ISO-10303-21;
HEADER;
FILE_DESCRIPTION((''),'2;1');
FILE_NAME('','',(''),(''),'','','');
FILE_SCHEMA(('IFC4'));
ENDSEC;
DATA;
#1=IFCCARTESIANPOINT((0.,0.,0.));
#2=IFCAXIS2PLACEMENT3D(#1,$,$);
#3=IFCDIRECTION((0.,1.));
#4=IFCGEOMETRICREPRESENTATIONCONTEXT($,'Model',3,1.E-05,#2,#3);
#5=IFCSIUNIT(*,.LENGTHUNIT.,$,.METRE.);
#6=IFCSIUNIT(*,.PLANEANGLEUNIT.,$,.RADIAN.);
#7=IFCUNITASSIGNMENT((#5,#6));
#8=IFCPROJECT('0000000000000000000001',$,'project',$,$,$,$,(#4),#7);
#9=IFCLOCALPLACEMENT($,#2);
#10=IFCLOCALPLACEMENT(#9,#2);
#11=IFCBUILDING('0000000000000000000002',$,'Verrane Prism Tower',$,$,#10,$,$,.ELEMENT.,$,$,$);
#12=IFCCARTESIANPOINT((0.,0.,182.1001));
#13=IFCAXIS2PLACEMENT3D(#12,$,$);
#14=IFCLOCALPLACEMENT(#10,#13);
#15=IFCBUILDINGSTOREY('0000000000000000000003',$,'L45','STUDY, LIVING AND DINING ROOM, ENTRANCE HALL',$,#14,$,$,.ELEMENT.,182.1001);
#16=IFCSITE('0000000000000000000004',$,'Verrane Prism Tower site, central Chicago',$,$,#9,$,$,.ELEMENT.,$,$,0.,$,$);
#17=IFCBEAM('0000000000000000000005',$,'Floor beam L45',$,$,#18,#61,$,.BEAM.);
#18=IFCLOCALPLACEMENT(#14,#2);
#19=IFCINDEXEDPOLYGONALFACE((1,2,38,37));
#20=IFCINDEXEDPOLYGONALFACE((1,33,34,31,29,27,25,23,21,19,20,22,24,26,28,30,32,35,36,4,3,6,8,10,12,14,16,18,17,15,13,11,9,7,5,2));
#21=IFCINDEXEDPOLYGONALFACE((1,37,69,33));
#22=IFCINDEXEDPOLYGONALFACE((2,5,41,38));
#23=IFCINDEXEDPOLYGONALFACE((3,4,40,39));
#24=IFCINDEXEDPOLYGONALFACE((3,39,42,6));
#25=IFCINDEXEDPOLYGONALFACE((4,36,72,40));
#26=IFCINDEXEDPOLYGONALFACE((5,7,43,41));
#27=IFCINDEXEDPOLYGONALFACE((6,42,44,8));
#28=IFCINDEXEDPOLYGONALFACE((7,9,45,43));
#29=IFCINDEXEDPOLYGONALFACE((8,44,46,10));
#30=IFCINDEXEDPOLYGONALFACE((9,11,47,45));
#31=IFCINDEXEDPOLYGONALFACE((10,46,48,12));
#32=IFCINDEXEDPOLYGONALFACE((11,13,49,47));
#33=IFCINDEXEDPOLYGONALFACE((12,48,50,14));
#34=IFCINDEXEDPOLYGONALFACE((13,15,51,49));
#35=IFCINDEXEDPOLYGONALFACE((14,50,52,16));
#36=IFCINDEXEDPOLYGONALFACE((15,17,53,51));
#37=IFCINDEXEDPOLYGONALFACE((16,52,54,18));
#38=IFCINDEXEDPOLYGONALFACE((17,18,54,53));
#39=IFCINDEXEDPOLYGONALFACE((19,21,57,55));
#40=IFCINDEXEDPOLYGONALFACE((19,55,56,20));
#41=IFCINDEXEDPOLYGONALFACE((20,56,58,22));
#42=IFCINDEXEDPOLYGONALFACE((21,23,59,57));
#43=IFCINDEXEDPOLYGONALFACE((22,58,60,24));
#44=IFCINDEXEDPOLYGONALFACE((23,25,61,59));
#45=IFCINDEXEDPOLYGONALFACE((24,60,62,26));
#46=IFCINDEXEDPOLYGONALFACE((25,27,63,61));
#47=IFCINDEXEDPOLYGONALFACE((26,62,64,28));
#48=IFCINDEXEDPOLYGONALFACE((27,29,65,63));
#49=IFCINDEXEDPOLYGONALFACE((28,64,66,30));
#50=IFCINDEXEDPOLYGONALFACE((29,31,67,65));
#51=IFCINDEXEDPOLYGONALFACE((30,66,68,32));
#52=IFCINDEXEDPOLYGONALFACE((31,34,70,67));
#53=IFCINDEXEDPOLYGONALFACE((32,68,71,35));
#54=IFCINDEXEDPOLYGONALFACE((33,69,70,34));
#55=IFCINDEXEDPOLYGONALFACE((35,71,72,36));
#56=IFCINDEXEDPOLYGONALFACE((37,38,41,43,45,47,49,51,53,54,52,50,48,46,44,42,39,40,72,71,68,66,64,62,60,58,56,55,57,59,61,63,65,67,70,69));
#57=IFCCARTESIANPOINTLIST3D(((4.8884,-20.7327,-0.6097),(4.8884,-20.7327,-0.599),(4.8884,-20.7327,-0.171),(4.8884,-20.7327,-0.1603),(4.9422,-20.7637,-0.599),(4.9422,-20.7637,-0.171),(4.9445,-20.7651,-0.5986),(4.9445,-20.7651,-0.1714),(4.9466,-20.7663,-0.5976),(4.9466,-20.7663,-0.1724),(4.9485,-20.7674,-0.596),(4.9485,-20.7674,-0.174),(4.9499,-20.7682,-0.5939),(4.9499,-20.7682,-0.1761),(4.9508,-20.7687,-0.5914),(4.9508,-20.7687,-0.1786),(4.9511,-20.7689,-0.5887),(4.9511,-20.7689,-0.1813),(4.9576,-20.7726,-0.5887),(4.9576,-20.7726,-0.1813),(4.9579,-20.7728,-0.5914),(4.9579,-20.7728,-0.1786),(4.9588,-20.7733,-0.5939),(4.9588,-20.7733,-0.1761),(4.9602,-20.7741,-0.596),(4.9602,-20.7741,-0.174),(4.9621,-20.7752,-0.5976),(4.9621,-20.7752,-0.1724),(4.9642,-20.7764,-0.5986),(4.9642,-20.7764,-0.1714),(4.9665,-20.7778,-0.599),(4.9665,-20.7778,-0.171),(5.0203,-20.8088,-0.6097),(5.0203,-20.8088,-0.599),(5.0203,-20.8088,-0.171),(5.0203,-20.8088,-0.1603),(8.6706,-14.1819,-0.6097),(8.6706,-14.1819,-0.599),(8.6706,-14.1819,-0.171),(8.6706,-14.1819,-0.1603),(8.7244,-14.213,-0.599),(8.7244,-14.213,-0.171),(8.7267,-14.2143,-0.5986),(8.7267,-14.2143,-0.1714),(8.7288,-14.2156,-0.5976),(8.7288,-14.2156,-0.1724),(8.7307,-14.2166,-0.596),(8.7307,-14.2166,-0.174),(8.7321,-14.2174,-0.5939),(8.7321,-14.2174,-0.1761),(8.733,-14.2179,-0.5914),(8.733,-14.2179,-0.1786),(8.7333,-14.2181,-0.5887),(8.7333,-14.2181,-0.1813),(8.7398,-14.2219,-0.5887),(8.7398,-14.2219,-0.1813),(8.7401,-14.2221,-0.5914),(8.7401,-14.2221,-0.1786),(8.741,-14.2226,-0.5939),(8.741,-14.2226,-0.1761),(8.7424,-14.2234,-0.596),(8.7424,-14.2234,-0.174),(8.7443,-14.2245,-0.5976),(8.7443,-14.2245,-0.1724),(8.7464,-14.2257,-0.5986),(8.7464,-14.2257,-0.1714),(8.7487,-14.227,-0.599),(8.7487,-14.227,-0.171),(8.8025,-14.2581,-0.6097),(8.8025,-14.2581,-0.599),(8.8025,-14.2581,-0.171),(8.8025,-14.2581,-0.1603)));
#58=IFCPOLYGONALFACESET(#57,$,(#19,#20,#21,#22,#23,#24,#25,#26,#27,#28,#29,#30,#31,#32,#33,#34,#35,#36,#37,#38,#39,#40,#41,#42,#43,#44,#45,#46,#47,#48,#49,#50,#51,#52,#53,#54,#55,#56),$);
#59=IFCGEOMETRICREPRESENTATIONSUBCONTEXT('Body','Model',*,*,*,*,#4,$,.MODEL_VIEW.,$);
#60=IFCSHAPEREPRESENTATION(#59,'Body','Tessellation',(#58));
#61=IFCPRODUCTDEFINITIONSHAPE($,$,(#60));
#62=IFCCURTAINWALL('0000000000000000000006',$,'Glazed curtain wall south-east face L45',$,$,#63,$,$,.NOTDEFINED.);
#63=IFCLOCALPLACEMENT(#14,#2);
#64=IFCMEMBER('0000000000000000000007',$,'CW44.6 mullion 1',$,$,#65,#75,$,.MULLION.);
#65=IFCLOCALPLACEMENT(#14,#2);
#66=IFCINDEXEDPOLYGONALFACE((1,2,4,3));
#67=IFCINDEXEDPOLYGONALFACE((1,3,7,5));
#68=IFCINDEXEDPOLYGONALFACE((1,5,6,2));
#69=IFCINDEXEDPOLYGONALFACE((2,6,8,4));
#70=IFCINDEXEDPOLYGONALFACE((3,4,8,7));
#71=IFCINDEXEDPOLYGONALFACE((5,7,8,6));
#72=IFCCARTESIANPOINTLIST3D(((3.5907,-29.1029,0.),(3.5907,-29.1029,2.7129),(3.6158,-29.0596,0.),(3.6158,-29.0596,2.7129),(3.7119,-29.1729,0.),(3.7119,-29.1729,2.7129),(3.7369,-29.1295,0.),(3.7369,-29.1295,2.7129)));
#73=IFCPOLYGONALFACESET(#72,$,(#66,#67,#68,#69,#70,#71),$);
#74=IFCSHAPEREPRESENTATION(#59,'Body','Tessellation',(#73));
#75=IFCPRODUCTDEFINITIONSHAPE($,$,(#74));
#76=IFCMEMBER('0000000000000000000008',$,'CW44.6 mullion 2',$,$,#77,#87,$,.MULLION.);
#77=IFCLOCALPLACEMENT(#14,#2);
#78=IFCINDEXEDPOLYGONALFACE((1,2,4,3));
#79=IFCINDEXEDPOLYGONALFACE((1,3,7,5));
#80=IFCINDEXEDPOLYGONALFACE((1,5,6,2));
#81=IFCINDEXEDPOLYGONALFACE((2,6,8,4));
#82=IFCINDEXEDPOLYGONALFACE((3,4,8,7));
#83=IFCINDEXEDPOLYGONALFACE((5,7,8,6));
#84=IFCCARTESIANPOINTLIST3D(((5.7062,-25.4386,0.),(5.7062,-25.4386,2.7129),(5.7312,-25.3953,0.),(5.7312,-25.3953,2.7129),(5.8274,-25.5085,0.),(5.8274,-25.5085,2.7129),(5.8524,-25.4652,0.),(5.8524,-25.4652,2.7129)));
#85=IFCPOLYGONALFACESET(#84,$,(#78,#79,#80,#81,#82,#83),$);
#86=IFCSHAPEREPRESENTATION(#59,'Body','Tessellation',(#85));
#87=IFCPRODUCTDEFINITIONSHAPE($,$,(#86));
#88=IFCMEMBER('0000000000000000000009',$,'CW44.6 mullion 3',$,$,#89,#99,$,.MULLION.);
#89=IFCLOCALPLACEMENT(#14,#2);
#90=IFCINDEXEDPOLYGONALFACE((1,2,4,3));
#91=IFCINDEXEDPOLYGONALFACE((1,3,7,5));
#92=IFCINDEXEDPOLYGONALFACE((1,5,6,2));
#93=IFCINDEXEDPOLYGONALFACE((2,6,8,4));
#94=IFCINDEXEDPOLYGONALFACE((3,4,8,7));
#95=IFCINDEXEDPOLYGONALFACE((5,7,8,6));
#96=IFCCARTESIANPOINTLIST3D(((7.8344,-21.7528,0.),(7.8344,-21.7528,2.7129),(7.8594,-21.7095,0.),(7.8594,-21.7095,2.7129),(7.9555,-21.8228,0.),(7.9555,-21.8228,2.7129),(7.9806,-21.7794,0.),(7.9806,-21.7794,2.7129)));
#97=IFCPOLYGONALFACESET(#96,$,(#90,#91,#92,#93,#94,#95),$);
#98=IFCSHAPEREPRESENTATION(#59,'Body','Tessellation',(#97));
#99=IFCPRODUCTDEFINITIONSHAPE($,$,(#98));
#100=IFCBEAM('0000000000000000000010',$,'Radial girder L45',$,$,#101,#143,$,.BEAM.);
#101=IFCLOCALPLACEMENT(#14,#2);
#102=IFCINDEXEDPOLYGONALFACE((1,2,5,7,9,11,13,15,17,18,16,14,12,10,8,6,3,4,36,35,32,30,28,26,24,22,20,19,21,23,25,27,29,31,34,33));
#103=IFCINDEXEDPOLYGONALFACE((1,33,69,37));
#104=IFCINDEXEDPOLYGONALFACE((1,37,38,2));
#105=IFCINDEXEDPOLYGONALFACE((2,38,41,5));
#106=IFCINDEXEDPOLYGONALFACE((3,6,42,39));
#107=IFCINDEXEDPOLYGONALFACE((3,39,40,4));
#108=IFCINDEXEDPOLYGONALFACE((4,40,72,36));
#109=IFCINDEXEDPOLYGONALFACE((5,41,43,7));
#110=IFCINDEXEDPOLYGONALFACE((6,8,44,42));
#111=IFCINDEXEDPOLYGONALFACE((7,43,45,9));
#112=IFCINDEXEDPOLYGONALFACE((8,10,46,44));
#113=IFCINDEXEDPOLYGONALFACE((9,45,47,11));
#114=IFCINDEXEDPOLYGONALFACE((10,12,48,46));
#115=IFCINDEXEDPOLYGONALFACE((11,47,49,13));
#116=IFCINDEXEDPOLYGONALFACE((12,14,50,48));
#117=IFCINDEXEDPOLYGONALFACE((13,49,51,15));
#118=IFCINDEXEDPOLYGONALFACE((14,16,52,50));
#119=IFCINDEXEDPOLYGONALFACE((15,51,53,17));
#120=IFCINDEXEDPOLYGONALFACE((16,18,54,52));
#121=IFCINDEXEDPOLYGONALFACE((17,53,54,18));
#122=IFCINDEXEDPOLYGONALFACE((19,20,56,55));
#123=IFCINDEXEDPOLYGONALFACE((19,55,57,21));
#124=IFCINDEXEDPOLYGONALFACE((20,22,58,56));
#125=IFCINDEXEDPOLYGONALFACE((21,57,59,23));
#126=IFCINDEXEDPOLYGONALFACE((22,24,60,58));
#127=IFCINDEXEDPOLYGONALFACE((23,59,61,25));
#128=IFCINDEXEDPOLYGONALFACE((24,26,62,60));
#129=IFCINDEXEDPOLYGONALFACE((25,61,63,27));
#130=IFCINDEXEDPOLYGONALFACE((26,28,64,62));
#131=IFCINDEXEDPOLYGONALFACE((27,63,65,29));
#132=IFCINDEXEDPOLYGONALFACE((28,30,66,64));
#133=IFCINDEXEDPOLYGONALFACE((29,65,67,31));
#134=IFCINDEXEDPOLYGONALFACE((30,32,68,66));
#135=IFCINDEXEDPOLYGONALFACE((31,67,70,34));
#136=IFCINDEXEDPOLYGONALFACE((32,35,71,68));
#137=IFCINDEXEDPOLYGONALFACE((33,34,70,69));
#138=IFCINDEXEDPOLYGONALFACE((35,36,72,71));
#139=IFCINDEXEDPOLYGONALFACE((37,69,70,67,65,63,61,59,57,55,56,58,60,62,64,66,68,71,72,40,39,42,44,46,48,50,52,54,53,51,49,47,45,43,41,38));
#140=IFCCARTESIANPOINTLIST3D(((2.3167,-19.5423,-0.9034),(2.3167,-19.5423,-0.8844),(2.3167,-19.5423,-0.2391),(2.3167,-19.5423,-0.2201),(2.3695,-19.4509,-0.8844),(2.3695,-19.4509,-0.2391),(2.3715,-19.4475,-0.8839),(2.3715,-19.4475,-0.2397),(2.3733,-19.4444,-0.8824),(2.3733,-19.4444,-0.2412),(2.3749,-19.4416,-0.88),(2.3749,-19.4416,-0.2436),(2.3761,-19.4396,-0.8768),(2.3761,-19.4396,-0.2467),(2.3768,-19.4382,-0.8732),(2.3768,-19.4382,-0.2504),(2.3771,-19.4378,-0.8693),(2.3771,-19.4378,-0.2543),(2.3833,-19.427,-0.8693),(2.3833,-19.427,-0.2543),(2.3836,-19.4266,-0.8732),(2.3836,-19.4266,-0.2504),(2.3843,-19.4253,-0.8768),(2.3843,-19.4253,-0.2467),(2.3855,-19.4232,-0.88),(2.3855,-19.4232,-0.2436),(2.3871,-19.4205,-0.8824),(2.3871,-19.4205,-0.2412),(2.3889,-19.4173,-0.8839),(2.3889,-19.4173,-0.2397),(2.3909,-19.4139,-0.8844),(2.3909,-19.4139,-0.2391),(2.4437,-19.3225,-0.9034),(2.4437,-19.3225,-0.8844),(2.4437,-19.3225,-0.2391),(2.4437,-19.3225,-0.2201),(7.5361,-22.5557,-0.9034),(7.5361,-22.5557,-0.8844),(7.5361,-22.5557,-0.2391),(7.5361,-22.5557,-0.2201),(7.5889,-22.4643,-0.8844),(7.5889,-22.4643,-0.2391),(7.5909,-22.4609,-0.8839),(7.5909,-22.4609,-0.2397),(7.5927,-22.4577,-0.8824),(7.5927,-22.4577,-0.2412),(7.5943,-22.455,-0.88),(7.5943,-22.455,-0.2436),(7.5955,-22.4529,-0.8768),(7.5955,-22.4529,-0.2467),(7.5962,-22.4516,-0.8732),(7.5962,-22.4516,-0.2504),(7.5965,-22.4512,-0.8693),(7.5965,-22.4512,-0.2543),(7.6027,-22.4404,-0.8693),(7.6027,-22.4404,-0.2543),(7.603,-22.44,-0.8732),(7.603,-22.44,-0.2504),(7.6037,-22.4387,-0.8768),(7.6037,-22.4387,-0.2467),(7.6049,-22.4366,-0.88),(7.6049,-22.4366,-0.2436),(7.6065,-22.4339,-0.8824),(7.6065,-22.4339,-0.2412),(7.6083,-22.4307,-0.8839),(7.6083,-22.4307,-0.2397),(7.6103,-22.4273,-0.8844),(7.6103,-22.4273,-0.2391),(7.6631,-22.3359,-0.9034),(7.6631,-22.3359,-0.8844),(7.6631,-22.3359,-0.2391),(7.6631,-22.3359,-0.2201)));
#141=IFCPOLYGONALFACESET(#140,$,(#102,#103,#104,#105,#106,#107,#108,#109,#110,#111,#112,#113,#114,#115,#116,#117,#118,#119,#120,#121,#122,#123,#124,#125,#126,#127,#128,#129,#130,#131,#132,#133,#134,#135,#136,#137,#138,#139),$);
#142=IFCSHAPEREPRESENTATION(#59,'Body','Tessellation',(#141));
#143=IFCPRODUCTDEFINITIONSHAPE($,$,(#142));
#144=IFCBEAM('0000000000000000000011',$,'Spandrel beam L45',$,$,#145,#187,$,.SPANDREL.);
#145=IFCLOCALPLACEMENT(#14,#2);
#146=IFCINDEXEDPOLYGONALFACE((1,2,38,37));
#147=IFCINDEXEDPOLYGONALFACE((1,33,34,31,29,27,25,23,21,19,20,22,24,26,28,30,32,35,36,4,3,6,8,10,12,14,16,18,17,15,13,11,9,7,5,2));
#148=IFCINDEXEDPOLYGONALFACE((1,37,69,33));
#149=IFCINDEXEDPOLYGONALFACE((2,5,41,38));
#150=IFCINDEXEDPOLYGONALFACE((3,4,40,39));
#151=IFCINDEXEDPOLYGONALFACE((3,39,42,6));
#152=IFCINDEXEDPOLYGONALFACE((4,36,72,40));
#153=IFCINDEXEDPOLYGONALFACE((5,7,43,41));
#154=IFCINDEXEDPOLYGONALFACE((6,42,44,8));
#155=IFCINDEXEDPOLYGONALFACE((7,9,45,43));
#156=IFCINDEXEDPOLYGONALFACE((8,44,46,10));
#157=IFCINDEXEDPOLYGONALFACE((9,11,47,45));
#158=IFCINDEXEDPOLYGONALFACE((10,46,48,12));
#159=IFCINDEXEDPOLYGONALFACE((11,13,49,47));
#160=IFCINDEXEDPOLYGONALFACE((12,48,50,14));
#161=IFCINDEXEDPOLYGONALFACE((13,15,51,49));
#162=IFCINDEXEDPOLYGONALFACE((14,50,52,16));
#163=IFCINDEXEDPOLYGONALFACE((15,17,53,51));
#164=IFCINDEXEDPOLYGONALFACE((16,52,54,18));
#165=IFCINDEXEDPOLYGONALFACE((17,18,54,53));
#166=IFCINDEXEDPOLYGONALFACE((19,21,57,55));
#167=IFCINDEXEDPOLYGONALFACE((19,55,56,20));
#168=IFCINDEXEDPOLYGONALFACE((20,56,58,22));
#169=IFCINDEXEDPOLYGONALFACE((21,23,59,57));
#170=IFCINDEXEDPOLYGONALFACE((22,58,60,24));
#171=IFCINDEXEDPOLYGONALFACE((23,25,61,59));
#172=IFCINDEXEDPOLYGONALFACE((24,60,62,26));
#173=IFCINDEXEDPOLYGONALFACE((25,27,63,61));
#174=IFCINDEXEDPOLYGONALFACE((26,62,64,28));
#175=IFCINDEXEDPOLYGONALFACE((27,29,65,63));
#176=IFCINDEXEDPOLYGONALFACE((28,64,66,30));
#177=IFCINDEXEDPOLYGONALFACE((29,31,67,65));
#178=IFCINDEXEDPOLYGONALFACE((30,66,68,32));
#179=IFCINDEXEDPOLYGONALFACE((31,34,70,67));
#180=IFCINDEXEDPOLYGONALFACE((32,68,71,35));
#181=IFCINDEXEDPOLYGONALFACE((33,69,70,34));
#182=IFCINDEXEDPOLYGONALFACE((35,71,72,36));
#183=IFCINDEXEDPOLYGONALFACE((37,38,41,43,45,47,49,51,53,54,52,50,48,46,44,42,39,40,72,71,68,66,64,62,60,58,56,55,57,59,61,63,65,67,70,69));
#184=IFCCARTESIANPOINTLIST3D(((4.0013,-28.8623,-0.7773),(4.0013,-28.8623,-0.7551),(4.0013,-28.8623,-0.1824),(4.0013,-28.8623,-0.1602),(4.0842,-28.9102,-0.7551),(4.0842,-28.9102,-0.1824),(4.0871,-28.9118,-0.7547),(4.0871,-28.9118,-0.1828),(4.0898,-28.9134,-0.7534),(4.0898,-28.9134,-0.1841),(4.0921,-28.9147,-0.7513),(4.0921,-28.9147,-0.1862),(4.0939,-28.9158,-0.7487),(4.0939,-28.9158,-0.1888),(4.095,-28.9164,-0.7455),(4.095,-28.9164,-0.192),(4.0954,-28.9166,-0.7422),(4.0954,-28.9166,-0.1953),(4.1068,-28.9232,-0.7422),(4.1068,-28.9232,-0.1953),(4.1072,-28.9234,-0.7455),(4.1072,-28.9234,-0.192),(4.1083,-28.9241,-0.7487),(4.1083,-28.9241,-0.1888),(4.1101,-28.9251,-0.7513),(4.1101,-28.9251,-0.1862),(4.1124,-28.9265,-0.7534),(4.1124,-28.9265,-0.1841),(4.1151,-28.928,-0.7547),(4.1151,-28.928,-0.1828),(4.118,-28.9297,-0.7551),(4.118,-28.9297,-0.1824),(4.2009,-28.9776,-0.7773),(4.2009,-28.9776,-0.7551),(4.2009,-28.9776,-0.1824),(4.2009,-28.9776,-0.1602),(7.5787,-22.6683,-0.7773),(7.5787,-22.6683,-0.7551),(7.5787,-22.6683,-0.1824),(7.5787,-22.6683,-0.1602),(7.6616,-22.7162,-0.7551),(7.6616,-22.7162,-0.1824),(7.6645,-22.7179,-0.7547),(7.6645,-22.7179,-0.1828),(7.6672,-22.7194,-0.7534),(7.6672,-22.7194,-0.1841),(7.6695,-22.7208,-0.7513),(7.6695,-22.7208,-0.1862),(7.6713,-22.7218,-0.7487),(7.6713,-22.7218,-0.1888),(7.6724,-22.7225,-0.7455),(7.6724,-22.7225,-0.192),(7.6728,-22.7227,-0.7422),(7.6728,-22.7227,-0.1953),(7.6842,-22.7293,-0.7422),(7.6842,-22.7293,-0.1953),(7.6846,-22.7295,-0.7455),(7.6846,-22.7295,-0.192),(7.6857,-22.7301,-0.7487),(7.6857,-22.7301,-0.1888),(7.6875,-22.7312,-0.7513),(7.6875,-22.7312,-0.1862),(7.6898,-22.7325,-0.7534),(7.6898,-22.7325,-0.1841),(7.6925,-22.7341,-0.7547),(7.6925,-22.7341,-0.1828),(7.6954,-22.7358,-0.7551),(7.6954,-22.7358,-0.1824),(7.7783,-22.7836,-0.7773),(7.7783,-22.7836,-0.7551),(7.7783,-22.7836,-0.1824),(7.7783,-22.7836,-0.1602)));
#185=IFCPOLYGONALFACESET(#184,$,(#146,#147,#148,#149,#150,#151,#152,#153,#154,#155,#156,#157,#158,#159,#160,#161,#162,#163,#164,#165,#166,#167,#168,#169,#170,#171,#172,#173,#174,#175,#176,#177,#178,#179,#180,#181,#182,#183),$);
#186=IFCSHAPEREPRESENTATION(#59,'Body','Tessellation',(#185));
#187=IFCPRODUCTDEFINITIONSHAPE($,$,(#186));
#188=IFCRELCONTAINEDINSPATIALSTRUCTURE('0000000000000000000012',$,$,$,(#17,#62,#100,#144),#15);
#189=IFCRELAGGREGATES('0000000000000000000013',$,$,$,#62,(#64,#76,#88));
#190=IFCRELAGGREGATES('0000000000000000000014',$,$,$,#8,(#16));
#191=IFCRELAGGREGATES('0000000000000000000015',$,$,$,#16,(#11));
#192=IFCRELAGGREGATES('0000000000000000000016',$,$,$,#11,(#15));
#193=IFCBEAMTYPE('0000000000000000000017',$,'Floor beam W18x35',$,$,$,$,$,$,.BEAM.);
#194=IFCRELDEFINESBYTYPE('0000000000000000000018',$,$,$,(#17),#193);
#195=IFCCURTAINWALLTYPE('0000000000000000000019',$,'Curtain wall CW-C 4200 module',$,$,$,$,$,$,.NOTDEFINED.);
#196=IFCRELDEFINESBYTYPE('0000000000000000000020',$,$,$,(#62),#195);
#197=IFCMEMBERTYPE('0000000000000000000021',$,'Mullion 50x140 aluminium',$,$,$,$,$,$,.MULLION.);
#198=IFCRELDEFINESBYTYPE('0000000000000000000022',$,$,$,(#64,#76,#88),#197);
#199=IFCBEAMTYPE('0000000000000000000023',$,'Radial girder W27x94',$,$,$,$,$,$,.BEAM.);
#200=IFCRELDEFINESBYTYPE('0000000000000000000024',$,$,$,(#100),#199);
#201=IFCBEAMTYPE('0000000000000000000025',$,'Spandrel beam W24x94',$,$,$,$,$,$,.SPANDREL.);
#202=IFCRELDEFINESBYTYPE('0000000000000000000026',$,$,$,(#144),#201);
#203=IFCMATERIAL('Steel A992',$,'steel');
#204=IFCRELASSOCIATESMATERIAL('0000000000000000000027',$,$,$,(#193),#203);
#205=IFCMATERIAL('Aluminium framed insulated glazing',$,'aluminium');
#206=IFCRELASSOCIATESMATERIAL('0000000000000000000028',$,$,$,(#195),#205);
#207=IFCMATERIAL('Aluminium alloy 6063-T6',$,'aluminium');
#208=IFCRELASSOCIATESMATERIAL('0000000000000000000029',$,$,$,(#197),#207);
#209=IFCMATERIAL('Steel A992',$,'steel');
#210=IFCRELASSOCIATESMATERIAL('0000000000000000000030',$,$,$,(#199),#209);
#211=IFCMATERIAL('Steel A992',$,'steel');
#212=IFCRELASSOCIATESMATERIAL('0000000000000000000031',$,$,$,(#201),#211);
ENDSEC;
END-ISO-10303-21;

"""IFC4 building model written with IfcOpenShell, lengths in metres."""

from ifc_helpers import new_model, si_unit, direction, frame, origin, origin_2d, place, context, subcontext, project, spatial, rectangle, i_section, extrude, material, material_profile, profile_set, type_object, element, aggregate, save


model = new_model("IFC4")

# Units and contexts
model_context = context("Model", 3, precision=1e-05, world=origin(), true_north=direction((0.0, 1.0)))
body_context = subcontext(model_context, "Body", "Model", "MODEL_VIEW")
ifc_project = project(units=[si_unit("LENGTHUNIT", "METRE"), si_unit("PLANEANGLEUNIT", "RADIAN")], contexts=[model_context])

# Site, building, storey
site_placement = place(None, origin())
site = spatial("IfcSite", under=ifc_project, at=site_placement, Name="Verrane Prism Tower site, central Chicago", CompositionType="ELEMENT", RefElevation=0.0)
building_placement = place(site_placement, origin())
building = spatial("IfcBuilding", under=site, at=building_placement, Name="Verrane Prism Tower", CompositionType="ELEMENT")
storey_placement = place(building_placement, frame((0.0, 0.0, 182.1001)))
storey = spatial("IfcBuildingStorey", under=building, at=storey_placement, Name="L45", Description="STUDY, LIVING AND DINING ROOM, ENTRANCE HALL", CompositionType="ELEMENT", Elevation=182.1001)

# Beam
ifc_material_1 = material(Name="Steel A992", Category="steel")
ifc_material_profile_1 = material_profile(ifc_material_1, i_section(OverallWidth=0.1523, OverallDepth=0.4495, WebThickness=0.0076, FlangeThickness=0.0107, FilletRadius=0.0103, at=origin_2d()), Name="W18x35")
ifc_profile_set_1 = profile_set([ifc_material_profile_1], Name="Steel A992")
beam_type_1 = type_object("IfcBeamType", Name="Floor beam W18x35", PredefinedType="BEAM", material=ifc_profile_set_1)
beam_1_placement = place(storey_placement, frame((4.9543, -20.7708, -0.385), z_axis=(0.500013, 0.866018, 0.0), x_axis=(-0.866018, 0.500013, 0.0)))
element("IfcBeam", 1, at=beam_1_placement, inside=storey, type_object=beam_type_1, Name="Floor beam L45", PredefinedType="BEAM", context=body_context, shape_type="SweptSolid", body=[
    extrude(i_section(OverallWidth=0.1523, OverallDepth=0.4495, WebThickness=0.0076, FlangeThickness=0.0107, FilletRadius=0.0103, at=origin_2d()), origin(), (0.0, 0.0, 1.0), 7.5642),
])

# Curtain wall, members
ifc_material_2 = material(Name="Aluminium framed insulated glazing", Category="aluminium")
curtain_wall_type_1 = type_object("IfcCurtainWallType", Name="Curtain wall CW-C 4200 module", PredefinedType="NOTDEFINED", material=ifc_material_2)
curtain_wall_1_placement = place(storey_placement, origin())
curtain_wall_1 = element("IfcCurtainWall", 2, at=curtain_wall_1_placement, inside=storey, type_object=curtain_wall_type_1, Name="Glazed curtain wall south-east face L45", PredefinedType="NOTDEFINED")
ifc_material_3 = material(Name="Aluminium alloy 6063-T6", Category="aluminium")
ifc_material_profile_2 = material_profile(ifc_material_3, rectangle(XDim=0.1399, YDim=0.05, at=origin_2d()), Name="Mullion 50x140 aluminium")
ifc_profile_set_2 = profile_set([ifc_material_profile_2], Name="Aluminium alloy 6063-T6")
member_type_1 = type_object("IfcMemberType", Name="Mullion 50x140 aluminium", PredefinedType="MULLION", material=ifc_profile_set_2)
member_1_placement = place(storey_placement, frame((3.6638, -29.1162, 0.0), z_axis=(0.0, 0.0, 1.0), x_axis=(-0.866026, 0.499999, 0.0)))
member_1 = element("IfcMember", 3, at=member_1_placement, type_object=member_type_1, Name="CW44.6 mullion 1", PredefinedType="MULLION", context=body_context, shape_type="SweptSolid", body=[
    extrude(rectangle(XDim=0.1399, YDim=0.05, at=origin_2d()), origin(), (0.0, 0.0, 1.0), 2.7129),
])
member_2_placement = place(storey_placement, frame((5.7793, -25.4519, 0.0), z_axis=(0.0, 0.0, 1.0), x_axis=(-0.866026, 0.499999, 0.0)))
member_2 = element("IfcMember", 4, at=member_2_placement, type_object=member_type_1, Name="CW44.6 mullion 2", PredefinedType="MULLION", context=body_context, shape_type="SweptSolid", body=[
    extrude(rectangle(XDim=0.1399, YDim=0.05, at=origin_2d()), origin(), (0.0, 0.0, 1.0), 2.7129),
])
member_3_placement = place(storey_placement, frame((7.9075, -21.7661, 0.0), z_axis=(0.0, 0.0, 1.0), x_axis=(-0.866026, 0.499999, 0.0)))
member_3 = element("IfcMember", 5, at=member_3_placement, type_object=member_type_1, Name="CW44.6 mullion 3", PredefinedType="MULLION", context=body_context, shape_type="SweptSolid", body=[
    extrude(rectangle(XDim=0.1399, YDim=0.05, at=origin_2d()), origin(), (0.0, 0.0, 1.0), 2.7129),
])

# Beams
ifc_material_4 = material(Name="Steel A992", Category="steel")
ifc_material_profile_3 = material_profile(ifc_material_4, i_section(OverallWidth=0.2539, OverallDepth=0.6833, WebThickness=0.0125, FlangeThickness=0.019, FilletRadius=0.0151, at=origin_2d()), Name="W27x94")
ifc_profile_set_3 = profile_set([ifc_material_profile_3], Name="Steel A992")
beam_type_2 = type_object("IfcBeamType", Name="Radial girder W27x94", PredefinedType="BEAM", material=ifc_profile_set_3)
beam_2_placement = place(storey_placement, frame((7.5996, -22.4458, -0.5618), z_axis=(-0.866028, 0.499995, 0.0), x_axis=(-0.499995, -0.866028, 0.0)))
element("IfcBeam", 6, at=beam_2_placement, inside=storey, type_object=beam_type_2, Name="Radial girder L45", PredefinedType="BEAM", context=body_context, shape_type="SweptSolid", body=[
    extrude(i_section(OverallWidth=0.2539, OverallDepth=0.6833, WebThickness=0.0125, FlangeThickness=0.019, FilletRadius=0.0151, at=origin_2d()), origin(), (0.0, 0.0, 1.0), 6.0269),
])
ifc_material_5 = material(Name="Steel A992", Category="steel")
ifc_material_profile_4 = material_profile(ifc_material_5, i_section(OverallWidth=0.2305, OverallDepth=0.6172, WebThickness=0.0132, FlangeThickness=0.0222, FilletRadius=0.0129, at=origin_2d()), Name="W24x94")
ifc_profile_set_4 = profile_set([ifc_material_profile_4], Name="Steel A992")
beam_type_3 = type_object("IfcBeamType", Name="Spandrel beam W24x94", PredefinedType="SPANDREL", material=ifc_profile_set_4)
beam_3_placement = place(storey_placement, frame((4.1011, -28.9199, -0.4688), z_axis=(0.500144, 0.865942, 0.0), x_axis=(-0.865942, 0.500144, 0.0)))
element("IfcBeam", 7, at=beam_3_placement, inside=storey, type_object=beam_type_3, Name="Spandrel beam L45", PredefinedType="SPANDREL", context=body_context, shape_type="SweptSolid", body=[
    extrude(i_section(OverallWidth=0.2305, OverallDepth=0.6172, WebThickness=0.0132, FlangeThickness=0.0222, FilletRadius=0.0129, at=origin_2d()), origin(), (0.0, 0.0, 1.0), 7.1528),
])

aggregate(curtain_wall_1, [member_1, member_2, member_3])

save(model, "model.ifc")
